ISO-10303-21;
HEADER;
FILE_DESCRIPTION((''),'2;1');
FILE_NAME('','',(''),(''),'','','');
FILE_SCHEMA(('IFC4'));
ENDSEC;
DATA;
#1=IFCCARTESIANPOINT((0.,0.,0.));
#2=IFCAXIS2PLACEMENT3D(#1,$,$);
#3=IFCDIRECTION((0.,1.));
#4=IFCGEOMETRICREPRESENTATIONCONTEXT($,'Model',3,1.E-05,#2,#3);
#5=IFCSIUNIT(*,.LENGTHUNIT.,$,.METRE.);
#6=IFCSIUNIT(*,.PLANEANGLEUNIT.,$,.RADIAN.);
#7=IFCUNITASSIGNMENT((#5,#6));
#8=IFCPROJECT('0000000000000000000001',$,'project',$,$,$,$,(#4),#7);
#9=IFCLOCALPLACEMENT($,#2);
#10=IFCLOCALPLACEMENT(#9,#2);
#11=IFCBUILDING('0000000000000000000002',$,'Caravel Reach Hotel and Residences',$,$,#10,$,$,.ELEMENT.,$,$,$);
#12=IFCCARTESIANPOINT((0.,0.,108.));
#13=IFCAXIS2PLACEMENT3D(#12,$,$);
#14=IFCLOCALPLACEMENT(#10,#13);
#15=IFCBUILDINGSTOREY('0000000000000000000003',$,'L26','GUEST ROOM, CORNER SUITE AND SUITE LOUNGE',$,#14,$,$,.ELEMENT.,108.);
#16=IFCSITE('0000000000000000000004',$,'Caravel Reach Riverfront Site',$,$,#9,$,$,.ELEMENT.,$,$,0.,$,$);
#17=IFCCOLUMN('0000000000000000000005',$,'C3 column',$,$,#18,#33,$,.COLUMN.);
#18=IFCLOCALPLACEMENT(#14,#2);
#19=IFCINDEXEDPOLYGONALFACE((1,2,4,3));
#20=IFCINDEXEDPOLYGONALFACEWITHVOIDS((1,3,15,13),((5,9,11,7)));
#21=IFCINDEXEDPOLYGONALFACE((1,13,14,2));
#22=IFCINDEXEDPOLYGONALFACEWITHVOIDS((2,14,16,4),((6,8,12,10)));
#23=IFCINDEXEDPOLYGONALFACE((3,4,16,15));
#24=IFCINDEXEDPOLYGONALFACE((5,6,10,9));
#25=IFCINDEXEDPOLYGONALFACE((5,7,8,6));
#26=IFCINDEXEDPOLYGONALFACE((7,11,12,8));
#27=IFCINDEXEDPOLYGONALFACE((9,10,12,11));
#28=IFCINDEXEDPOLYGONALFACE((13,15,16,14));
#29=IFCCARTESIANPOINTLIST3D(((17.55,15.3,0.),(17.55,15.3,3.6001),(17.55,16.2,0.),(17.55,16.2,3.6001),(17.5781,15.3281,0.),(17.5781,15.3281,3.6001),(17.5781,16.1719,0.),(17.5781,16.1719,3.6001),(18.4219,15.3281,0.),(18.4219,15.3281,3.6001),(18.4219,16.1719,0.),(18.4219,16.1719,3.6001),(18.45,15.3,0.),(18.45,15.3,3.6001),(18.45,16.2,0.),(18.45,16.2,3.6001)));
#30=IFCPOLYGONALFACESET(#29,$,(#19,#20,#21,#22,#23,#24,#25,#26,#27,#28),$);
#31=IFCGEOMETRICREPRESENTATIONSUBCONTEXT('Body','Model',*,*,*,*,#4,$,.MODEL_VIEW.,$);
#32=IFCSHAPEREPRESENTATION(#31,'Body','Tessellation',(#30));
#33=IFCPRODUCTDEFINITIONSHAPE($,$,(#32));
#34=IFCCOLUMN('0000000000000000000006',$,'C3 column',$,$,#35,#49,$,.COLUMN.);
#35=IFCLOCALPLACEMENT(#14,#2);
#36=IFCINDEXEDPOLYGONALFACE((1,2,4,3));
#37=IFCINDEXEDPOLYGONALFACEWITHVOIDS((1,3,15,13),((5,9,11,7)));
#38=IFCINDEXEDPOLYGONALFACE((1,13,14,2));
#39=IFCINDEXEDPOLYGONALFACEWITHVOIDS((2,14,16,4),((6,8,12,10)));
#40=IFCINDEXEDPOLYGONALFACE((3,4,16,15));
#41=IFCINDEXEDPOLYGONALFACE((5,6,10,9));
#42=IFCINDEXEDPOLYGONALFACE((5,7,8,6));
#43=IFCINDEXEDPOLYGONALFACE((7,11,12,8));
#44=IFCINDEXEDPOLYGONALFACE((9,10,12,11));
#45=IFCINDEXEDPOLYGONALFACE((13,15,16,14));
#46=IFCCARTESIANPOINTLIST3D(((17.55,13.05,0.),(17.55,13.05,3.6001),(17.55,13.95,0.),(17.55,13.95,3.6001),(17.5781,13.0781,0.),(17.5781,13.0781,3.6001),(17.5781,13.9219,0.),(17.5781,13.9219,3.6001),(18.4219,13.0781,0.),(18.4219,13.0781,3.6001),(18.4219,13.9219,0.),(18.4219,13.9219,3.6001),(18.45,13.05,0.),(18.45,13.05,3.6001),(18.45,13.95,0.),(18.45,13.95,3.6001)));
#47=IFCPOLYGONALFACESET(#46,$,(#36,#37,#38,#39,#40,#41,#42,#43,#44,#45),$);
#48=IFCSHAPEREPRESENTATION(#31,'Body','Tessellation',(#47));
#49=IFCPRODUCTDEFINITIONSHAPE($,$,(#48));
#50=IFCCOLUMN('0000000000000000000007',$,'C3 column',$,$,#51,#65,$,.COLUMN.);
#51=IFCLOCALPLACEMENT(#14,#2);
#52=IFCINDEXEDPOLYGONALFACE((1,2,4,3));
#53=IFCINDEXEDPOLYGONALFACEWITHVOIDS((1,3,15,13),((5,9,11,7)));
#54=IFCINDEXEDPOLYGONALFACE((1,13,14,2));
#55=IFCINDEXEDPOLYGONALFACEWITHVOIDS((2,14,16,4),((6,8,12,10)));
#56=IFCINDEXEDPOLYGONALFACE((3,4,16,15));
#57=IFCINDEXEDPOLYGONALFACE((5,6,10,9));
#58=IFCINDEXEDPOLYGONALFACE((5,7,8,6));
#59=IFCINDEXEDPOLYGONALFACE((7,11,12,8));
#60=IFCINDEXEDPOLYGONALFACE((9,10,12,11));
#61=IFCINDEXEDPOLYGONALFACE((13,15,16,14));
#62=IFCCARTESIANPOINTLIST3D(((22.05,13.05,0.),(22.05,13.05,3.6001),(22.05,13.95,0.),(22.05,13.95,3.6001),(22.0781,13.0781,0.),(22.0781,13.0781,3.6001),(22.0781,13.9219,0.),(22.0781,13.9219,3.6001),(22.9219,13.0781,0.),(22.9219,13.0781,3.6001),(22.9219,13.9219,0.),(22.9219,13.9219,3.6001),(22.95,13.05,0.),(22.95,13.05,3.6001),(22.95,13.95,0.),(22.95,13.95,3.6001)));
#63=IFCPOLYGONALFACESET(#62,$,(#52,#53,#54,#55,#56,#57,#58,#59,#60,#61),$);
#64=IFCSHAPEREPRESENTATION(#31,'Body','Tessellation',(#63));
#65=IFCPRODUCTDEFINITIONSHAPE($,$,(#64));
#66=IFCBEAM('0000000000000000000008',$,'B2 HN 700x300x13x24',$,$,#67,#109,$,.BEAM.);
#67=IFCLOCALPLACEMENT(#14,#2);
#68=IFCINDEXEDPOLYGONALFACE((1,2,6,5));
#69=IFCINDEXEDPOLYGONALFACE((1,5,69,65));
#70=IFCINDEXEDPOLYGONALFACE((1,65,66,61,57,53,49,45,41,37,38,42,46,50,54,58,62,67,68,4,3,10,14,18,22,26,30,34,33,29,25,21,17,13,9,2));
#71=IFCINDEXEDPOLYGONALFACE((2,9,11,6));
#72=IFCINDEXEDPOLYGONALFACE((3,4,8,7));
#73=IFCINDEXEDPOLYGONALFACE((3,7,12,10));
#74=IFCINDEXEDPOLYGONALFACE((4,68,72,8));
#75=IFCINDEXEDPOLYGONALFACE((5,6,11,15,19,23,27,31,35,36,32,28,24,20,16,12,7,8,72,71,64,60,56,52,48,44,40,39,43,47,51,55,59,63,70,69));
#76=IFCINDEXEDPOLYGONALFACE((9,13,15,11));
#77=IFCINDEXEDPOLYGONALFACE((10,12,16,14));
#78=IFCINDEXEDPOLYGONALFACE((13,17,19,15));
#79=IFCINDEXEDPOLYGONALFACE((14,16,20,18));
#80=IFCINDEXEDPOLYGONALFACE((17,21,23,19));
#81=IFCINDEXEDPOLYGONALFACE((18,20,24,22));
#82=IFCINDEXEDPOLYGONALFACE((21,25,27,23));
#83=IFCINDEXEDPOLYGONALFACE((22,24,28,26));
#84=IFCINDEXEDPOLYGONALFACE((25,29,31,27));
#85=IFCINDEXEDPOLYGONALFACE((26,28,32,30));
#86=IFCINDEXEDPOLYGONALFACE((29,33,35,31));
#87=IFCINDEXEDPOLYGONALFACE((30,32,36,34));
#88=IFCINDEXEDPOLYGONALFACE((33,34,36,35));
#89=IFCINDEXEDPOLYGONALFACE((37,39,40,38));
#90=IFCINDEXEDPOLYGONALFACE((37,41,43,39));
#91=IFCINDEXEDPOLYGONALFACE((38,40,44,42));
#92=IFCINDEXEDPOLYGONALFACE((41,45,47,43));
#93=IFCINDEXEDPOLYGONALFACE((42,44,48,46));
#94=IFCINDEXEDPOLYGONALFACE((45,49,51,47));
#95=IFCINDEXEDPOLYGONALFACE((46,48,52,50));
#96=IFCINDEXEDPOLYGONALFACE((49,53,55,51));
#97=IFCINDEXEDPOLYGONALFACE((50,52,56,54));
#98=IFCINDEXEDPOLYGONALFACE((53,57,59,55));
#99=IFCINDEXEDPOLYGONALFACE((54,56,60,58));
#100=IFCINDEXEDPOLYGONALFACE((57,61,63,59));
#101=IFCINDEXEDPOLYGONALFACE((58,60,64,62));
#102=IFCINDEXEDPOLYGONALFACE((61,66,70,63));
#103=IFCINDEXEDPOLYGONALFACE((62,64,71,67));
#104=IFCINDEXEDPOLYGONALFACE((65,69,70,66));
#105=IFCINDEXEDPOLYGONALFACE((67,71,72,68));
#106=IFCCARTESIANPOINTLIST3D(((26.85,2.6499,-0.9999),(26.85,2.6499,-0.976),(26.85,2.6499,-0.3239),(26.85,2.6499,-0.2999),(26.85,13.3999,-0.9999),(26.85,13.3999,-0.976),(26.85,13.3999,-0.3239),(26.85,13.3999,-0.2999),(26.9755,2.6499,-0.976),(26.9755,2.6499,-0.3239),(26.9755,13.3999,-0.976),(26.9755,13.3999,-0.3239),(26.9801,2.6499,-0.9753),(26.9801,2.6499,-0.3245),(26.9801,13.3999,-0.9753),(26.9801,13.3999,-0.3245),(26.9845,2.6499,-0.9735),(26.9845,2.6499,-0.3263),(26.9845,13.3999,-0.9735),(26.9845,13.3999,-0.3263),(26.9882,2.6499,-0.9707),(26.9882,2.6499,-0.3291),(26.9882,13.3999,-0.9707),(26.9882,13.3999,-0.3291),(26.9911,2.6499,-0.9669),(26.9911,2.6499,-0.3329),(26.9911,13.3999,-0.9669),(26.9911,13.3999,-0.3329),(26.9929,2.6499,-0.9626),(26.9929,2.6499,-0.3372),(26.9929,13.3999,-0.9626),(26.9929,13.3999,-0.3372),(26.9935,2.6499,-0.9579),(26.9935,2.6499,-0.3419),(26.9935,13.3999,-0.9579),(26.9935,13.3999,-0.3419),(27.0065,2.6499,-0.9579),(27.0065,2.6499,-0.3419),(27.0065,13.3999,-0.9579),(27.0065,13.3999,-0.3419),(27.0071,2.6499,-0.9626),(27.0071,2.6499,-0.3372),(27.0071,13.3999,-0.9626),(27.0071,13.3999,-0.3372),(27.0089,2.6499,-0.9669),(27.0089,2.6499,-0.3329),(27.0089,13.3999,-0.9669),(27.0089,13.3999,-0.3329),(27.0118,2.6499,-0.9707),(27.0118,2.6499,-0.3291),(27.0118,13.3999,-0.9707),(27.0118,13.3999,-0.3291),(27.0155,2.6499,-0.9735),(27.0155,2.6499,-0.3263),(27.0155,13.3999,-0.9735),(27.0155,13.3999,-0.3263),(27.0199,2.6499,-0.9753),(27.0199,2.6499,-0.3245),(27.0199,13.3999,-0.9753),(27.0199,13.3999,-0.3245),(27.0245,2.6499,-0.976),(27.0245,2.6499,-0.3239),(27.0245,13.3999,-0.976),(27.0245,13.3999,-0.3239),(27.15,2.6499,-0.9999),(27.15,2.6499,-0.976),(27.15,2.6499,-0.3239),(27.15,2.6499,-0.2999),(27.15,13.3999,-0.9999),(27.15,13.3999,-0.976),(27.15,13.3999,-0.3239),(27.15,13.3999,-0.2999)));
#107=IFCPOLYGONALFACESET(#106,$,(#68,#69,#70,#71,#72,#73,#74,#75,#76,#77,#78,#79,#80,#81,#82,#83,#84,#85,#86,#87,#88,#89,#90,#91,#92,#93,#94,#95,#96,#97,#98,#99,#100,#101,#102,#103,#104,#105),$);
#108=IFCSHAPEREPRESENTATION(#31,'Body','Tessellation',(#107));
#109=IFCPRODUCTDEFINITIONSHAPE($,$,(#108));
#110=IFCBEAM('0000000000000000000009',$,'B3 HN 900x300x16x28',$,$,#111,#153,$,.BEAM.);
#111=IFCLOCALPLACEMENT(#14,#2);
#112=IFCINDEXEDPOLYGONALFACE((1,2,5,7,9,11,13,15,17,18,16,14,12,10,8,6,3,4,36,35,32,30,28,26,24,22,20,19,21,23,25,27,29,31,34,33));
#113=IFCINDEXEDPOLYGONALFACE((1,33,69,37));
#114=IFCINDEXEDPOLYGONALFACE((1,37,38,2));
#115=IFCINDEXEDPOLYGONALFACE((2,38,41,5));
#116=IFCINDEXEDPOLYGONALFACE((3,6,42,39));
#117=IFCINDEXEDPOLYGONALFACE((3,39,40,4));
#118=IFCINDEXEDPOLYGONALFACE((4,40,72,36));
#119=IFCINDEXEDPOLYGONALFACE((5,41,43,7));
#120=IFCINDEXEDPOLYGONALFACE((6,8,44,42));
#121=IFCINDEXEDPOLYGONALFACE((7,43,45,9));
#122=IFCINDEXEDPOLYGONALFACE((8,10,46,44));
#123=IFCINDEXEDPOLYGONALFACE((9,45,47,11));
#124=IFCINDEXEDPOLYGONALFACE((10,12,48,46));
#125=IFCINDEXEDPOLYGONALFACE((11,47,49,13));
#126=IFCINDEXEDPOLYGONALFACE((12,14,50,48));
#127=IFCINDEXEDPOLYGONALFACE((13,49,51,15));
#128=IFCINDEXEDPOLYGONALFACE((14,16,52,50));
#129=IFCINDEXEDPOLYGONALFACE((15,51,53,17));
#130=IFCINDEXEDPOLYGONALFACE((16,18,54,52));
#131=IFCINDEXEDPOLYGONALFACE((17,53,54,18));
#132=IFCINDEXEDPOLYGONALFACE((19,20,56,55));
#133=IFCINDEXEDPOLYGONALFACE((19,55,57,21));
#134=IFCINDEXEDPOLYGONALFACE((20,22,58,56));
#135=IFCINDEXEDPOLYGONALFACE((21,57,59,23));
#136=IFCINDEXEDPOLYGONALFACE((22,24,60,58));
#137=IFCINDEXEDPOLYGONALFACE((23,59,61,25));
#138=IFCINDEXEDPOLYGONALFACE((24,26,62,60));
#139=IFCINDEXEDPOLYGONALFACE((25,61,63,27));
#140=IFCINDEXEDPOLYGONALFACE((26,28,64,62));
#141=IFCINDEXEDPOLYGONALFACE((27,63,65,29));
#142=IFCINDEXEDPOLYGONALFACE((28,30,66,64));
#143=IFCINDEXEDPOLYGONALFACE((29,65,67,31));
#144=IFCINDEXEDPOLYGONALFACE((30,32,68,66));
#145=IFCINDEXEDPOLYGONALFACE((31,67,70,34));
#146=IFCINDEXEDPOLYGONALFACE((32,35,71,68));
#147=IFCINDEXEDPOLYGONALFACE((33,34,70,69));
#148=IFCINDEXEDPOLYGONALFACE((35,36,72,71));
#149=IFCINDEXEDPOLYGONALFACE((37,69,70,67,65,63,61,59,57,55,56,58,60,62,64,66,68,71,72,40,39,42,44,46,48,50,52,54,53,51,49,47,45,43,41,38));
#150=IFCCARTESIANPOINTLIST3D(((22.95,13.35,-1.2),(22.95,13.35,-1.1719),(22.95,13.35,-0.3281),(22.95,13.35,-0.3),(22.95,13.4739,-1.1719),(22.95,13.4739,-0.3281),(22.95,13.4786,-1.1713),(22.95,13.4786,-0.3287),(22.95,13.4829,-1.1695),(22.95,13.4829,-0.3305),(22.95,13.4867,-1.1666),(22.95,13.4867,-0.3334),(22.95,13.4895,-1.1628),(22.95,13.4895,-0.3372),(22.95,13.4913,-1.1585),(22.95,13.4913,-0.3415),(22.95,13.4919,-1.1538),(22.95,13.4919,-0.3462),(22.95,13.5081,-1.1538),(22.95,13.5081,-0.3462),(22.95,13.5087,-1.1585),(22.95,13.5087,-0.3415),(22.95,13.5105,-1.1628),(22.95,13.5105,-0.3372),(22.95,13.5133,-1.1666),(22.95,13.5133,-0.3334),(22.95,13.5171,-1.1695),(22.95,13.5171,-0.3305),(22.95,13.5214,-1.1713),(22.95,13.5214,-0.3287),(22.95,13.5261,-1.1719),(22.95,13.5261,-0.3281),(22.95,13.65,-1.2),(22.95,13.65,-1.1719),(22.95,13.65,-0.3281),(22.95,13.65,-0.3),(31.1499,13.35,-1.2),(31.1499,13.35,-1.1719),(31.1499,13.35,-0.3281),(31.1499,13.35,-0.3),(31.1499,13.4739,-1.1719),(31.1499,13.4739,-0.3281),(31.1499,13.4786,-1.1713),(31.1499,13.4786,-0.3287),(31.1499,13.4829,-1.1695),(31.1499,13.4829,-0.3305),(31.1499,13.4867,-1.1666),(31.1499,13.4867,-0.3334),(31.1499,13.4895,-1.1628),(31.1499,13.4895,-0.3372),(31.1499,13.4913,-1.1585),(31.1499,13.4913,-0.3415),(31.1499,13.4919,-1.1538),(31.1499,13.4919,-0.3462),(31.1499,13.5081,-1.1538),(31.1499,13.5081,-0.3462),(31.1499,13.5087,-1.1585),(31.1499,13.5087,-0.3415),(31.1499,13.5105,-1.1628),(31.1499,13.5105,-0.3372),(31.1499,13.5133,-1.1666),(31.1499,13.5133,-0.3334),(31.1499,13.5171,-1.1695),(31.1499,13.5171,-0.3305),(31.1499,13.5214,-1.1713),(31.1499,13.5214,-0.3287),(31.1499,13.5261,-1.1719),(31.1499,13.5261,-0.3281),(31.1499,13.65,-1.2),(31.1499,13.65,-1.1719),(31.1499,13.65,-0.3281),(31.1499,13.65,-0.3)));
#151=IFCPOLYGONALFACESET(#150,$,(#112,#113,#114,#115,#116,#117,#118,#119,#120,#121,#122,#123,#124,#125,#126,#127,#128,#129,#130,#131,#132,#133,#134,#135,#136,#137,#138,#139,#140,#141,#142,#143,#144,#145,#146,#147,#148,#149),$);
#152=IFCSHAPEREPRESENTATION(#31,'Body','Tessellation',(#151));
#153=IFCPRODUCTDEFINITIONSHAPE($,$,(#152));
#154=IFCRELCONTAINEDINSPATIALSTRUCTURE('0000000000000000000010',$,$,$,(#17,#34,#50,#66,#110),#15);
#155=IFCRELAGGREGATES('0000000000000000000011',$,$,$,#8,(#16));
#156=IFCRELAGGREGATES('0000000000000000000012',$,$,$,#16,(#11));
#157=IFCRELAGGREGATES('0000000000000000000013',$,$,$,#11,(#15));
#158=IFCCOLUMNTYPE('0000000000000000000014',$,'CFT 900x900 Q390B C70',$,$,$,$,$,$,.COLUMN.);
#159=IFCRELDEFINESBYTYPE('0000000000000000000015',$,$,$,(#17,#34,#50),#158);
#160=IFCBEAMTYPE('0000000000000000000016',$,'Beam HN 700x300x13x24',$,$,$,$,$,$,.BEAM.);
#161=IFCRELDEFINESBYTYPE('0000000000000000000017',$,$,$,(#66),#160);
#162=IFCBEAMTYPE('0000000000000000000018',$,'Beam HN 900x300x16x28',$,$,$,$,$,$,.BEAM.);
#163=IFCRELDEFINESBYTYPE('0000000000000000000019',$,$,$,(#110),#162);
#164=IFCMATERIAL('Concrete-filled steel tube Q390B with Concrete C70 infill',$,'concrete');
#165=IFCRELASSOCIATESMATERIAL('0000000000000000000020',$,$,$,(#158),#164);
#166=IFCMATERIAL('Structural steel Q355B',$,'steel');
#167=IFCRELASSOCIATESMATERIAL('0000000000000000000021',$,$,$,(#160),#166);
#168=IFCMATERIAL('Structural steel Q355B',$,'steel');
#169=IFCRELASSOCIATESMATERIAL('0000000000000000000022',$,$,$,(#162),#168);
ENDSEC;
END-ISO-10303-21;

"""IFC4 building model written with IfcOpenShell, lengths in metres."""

from ifc_helpers import new_model, si_unit, direction, frame, origin, origin_2d, place, context, subcontext, project, spatial, hollow_rectangle, i_section, extrude, material, material_profile, profile_set, type_object, element, save


model = new_model("IFC4")

# Units and contexts
model_context = context("Model", 3, precision=1e-05, world=origin(), true_north=direction((0.0, 1.0)))
body_context = subcontext(model_context, "Body", "Model", "MODEL_VIEW")
ifc_project = project(units=[si_unit("LENGTHUNIT", "METRE"), si_unit("PLANEANGLEUNIT", "RADIAN")], contexts=[model_context])

# Site, building, storey
site_placement = place(None, origin())
site = spatial("IfcSite", under=ifc_project, at=site_placement, Name="Caravel Reach Riverfront Site", CompositionType="ELEMENT", RefElevation=0.0)
building_placement = place(site_placement, origin())
building = spatial("IfcBuilding", under=site, at=building_placement, Name="Caravel Reach Hotel and Residences", CompositionType="ELEMENT")
storey_placement = place(building_placement, frame((0.0, 0.0, 108.0)))
storey = spatial("IfcBuildingStorey", under=building, at=storey_placement, Name="L26", Description="GUEST ROOM, CORNER SUITE AND SUITE LOUNGE", CompositionType="ELEMENT", Elevation=108.0)

# Columns
ifc_material_1 = material(Name="Concrete-filled steel tube Q390B with Concrete C70 infill", Category="concrete")
ifc_material_profile_1 = material_profile(ifc_material_1, hollow_rectangle(XDim=0.8999, YDim=0.8999, WallThickness=0.0281, at=origin_2d()), Name="RHS 900x900x28")
ifc_profile_set_1 = profile_set([ifc_material_profile_1], Name="Concrete-filled steel tube Q390B with Concrete C70 infill")
column_type = type_object("IfcColumnType", Name="CFT 900x900 Q390B C70", PredefinedType="COLUMN", material=ifc_profile_set_1)
for number, where, z_axis, x_axis, name in (
    (1, (18.0, 15.75, 0.0), (0.0, 0.0, 1.0), (1.0, 0.0, 0.0), "C3 column"),
    (2, (18.0, 13.5, 0.0), (0.0, 0.0, 1.0), (1.0, 0.0, 0.0), "C3 column"),
    (3, (22.5, 13.5, 0.0), (0.0, 0.0, 1.0), (1.0, 0.0, 0.0), "C3 column"),
):
    element("IfcColumn", number, at=place(storey_placement, frame(where, z_axis=z_axis, x_axis=x_axis)), inside=storey, type_object=column_type, Name=name, PredefinedType="COLUMN", context=body_context, shape_type="SweptSolid", body=[
        extrude(hollow_rectangle(XDim=0.8999, YDim=0.8999, WallThickness=0.0281, at=origin_2d()), origin(), (0.0, 0.0, 1.0), 3.6001),
    ])

# Beams
ifc_material_2 = material(Name="Structural steel Q355B", Category="steel")
ifc_material_profile_2 = material_profile(ifc_material_2, i_section(OverallWidth=0.3, OverallDepth=0.7, WebThickness=0.0129, FlangeThickness=0.0239, FilletRadius=0.0181, at=origin_2d()), Name="HN 700x300x13x24")
ifc_profile_set_2 = profile_set([ifc_material_profile_2], Name="Structural steel Q355B")
beam_type_1 = type_object("IfcBeamType", Name="Beam HN 700x300x13x24", PredefinedType="BEAM", material=ifc_profile_set_2)
beam_1_placement = place(storey_placement, frame((27.0, 13.3999, -0.6499), z_axis=(0.0, -1.0, 0.0), x_axis=(1.0, 0.0, 0.0)))
element("IfcBeam", 4, at=beam_1_placement, inside=storey, type_object=beam_type_1, Name="B2 HN 700x300x13x24", PredefinedType="BEAM", context=body_context, shape_type="SweptSolid", body=[
    extrude(i_section(OverallWidth=0.3, OverallDepth=0.7, WebThickness=0.0129, FlangeThickness=0.0239, FilletRadius=0.0181, at=origin_2d()), origin(), (0.0, 0.0, 1.0), 10.75),
])
ifc_material_3 = material(Name="Structural steel Q355B", Category="steel")
ifc_material_profile_3 = material_profile(ifc_material_3, i_section(OverallWidth=0.3, OverallDepth=0.8999, WebThickness=0.0161, FlangeThickness=0.0281, FilletRadius=0.0181, at=origin_2d()), Name="HN 900x300x16x28")
ifc_profile_set_3 = profile_set([ifc_material_profile_3], Name="Structural steel Q355B")
beam_type_2 = type_object("IfcBeamType", Name="Beam HN 900x300x16x28", PredefinedType="BEAM", material=ifc_profile_set_3)
beam_2_placement = place(storey_placement, frame((22.95, 13.5, -0.75), z_axis=(1.0, 0.0, 0.0), x_axis=(0.0, 1.0, 0.0)))
element("IfcBeam", 5, at=beam_2_placement, inside=storey, type_object=beam_type_2, Name="B3 HN 900x300x16x28", PredefinedType="BEAM", context=body_context, shape_type="SweptSolid", body=[
    extrude(i_section(OverallWidth=0.3, OverallDepth=0.8999, WebThickness=0.0161, FlangeThickness=0.0281, FilletRadius=0.0181, at=origin_2d()), origin(), (0.0, 0.0, 1.0), 8.2),
])

save(model, "model.ifc")
